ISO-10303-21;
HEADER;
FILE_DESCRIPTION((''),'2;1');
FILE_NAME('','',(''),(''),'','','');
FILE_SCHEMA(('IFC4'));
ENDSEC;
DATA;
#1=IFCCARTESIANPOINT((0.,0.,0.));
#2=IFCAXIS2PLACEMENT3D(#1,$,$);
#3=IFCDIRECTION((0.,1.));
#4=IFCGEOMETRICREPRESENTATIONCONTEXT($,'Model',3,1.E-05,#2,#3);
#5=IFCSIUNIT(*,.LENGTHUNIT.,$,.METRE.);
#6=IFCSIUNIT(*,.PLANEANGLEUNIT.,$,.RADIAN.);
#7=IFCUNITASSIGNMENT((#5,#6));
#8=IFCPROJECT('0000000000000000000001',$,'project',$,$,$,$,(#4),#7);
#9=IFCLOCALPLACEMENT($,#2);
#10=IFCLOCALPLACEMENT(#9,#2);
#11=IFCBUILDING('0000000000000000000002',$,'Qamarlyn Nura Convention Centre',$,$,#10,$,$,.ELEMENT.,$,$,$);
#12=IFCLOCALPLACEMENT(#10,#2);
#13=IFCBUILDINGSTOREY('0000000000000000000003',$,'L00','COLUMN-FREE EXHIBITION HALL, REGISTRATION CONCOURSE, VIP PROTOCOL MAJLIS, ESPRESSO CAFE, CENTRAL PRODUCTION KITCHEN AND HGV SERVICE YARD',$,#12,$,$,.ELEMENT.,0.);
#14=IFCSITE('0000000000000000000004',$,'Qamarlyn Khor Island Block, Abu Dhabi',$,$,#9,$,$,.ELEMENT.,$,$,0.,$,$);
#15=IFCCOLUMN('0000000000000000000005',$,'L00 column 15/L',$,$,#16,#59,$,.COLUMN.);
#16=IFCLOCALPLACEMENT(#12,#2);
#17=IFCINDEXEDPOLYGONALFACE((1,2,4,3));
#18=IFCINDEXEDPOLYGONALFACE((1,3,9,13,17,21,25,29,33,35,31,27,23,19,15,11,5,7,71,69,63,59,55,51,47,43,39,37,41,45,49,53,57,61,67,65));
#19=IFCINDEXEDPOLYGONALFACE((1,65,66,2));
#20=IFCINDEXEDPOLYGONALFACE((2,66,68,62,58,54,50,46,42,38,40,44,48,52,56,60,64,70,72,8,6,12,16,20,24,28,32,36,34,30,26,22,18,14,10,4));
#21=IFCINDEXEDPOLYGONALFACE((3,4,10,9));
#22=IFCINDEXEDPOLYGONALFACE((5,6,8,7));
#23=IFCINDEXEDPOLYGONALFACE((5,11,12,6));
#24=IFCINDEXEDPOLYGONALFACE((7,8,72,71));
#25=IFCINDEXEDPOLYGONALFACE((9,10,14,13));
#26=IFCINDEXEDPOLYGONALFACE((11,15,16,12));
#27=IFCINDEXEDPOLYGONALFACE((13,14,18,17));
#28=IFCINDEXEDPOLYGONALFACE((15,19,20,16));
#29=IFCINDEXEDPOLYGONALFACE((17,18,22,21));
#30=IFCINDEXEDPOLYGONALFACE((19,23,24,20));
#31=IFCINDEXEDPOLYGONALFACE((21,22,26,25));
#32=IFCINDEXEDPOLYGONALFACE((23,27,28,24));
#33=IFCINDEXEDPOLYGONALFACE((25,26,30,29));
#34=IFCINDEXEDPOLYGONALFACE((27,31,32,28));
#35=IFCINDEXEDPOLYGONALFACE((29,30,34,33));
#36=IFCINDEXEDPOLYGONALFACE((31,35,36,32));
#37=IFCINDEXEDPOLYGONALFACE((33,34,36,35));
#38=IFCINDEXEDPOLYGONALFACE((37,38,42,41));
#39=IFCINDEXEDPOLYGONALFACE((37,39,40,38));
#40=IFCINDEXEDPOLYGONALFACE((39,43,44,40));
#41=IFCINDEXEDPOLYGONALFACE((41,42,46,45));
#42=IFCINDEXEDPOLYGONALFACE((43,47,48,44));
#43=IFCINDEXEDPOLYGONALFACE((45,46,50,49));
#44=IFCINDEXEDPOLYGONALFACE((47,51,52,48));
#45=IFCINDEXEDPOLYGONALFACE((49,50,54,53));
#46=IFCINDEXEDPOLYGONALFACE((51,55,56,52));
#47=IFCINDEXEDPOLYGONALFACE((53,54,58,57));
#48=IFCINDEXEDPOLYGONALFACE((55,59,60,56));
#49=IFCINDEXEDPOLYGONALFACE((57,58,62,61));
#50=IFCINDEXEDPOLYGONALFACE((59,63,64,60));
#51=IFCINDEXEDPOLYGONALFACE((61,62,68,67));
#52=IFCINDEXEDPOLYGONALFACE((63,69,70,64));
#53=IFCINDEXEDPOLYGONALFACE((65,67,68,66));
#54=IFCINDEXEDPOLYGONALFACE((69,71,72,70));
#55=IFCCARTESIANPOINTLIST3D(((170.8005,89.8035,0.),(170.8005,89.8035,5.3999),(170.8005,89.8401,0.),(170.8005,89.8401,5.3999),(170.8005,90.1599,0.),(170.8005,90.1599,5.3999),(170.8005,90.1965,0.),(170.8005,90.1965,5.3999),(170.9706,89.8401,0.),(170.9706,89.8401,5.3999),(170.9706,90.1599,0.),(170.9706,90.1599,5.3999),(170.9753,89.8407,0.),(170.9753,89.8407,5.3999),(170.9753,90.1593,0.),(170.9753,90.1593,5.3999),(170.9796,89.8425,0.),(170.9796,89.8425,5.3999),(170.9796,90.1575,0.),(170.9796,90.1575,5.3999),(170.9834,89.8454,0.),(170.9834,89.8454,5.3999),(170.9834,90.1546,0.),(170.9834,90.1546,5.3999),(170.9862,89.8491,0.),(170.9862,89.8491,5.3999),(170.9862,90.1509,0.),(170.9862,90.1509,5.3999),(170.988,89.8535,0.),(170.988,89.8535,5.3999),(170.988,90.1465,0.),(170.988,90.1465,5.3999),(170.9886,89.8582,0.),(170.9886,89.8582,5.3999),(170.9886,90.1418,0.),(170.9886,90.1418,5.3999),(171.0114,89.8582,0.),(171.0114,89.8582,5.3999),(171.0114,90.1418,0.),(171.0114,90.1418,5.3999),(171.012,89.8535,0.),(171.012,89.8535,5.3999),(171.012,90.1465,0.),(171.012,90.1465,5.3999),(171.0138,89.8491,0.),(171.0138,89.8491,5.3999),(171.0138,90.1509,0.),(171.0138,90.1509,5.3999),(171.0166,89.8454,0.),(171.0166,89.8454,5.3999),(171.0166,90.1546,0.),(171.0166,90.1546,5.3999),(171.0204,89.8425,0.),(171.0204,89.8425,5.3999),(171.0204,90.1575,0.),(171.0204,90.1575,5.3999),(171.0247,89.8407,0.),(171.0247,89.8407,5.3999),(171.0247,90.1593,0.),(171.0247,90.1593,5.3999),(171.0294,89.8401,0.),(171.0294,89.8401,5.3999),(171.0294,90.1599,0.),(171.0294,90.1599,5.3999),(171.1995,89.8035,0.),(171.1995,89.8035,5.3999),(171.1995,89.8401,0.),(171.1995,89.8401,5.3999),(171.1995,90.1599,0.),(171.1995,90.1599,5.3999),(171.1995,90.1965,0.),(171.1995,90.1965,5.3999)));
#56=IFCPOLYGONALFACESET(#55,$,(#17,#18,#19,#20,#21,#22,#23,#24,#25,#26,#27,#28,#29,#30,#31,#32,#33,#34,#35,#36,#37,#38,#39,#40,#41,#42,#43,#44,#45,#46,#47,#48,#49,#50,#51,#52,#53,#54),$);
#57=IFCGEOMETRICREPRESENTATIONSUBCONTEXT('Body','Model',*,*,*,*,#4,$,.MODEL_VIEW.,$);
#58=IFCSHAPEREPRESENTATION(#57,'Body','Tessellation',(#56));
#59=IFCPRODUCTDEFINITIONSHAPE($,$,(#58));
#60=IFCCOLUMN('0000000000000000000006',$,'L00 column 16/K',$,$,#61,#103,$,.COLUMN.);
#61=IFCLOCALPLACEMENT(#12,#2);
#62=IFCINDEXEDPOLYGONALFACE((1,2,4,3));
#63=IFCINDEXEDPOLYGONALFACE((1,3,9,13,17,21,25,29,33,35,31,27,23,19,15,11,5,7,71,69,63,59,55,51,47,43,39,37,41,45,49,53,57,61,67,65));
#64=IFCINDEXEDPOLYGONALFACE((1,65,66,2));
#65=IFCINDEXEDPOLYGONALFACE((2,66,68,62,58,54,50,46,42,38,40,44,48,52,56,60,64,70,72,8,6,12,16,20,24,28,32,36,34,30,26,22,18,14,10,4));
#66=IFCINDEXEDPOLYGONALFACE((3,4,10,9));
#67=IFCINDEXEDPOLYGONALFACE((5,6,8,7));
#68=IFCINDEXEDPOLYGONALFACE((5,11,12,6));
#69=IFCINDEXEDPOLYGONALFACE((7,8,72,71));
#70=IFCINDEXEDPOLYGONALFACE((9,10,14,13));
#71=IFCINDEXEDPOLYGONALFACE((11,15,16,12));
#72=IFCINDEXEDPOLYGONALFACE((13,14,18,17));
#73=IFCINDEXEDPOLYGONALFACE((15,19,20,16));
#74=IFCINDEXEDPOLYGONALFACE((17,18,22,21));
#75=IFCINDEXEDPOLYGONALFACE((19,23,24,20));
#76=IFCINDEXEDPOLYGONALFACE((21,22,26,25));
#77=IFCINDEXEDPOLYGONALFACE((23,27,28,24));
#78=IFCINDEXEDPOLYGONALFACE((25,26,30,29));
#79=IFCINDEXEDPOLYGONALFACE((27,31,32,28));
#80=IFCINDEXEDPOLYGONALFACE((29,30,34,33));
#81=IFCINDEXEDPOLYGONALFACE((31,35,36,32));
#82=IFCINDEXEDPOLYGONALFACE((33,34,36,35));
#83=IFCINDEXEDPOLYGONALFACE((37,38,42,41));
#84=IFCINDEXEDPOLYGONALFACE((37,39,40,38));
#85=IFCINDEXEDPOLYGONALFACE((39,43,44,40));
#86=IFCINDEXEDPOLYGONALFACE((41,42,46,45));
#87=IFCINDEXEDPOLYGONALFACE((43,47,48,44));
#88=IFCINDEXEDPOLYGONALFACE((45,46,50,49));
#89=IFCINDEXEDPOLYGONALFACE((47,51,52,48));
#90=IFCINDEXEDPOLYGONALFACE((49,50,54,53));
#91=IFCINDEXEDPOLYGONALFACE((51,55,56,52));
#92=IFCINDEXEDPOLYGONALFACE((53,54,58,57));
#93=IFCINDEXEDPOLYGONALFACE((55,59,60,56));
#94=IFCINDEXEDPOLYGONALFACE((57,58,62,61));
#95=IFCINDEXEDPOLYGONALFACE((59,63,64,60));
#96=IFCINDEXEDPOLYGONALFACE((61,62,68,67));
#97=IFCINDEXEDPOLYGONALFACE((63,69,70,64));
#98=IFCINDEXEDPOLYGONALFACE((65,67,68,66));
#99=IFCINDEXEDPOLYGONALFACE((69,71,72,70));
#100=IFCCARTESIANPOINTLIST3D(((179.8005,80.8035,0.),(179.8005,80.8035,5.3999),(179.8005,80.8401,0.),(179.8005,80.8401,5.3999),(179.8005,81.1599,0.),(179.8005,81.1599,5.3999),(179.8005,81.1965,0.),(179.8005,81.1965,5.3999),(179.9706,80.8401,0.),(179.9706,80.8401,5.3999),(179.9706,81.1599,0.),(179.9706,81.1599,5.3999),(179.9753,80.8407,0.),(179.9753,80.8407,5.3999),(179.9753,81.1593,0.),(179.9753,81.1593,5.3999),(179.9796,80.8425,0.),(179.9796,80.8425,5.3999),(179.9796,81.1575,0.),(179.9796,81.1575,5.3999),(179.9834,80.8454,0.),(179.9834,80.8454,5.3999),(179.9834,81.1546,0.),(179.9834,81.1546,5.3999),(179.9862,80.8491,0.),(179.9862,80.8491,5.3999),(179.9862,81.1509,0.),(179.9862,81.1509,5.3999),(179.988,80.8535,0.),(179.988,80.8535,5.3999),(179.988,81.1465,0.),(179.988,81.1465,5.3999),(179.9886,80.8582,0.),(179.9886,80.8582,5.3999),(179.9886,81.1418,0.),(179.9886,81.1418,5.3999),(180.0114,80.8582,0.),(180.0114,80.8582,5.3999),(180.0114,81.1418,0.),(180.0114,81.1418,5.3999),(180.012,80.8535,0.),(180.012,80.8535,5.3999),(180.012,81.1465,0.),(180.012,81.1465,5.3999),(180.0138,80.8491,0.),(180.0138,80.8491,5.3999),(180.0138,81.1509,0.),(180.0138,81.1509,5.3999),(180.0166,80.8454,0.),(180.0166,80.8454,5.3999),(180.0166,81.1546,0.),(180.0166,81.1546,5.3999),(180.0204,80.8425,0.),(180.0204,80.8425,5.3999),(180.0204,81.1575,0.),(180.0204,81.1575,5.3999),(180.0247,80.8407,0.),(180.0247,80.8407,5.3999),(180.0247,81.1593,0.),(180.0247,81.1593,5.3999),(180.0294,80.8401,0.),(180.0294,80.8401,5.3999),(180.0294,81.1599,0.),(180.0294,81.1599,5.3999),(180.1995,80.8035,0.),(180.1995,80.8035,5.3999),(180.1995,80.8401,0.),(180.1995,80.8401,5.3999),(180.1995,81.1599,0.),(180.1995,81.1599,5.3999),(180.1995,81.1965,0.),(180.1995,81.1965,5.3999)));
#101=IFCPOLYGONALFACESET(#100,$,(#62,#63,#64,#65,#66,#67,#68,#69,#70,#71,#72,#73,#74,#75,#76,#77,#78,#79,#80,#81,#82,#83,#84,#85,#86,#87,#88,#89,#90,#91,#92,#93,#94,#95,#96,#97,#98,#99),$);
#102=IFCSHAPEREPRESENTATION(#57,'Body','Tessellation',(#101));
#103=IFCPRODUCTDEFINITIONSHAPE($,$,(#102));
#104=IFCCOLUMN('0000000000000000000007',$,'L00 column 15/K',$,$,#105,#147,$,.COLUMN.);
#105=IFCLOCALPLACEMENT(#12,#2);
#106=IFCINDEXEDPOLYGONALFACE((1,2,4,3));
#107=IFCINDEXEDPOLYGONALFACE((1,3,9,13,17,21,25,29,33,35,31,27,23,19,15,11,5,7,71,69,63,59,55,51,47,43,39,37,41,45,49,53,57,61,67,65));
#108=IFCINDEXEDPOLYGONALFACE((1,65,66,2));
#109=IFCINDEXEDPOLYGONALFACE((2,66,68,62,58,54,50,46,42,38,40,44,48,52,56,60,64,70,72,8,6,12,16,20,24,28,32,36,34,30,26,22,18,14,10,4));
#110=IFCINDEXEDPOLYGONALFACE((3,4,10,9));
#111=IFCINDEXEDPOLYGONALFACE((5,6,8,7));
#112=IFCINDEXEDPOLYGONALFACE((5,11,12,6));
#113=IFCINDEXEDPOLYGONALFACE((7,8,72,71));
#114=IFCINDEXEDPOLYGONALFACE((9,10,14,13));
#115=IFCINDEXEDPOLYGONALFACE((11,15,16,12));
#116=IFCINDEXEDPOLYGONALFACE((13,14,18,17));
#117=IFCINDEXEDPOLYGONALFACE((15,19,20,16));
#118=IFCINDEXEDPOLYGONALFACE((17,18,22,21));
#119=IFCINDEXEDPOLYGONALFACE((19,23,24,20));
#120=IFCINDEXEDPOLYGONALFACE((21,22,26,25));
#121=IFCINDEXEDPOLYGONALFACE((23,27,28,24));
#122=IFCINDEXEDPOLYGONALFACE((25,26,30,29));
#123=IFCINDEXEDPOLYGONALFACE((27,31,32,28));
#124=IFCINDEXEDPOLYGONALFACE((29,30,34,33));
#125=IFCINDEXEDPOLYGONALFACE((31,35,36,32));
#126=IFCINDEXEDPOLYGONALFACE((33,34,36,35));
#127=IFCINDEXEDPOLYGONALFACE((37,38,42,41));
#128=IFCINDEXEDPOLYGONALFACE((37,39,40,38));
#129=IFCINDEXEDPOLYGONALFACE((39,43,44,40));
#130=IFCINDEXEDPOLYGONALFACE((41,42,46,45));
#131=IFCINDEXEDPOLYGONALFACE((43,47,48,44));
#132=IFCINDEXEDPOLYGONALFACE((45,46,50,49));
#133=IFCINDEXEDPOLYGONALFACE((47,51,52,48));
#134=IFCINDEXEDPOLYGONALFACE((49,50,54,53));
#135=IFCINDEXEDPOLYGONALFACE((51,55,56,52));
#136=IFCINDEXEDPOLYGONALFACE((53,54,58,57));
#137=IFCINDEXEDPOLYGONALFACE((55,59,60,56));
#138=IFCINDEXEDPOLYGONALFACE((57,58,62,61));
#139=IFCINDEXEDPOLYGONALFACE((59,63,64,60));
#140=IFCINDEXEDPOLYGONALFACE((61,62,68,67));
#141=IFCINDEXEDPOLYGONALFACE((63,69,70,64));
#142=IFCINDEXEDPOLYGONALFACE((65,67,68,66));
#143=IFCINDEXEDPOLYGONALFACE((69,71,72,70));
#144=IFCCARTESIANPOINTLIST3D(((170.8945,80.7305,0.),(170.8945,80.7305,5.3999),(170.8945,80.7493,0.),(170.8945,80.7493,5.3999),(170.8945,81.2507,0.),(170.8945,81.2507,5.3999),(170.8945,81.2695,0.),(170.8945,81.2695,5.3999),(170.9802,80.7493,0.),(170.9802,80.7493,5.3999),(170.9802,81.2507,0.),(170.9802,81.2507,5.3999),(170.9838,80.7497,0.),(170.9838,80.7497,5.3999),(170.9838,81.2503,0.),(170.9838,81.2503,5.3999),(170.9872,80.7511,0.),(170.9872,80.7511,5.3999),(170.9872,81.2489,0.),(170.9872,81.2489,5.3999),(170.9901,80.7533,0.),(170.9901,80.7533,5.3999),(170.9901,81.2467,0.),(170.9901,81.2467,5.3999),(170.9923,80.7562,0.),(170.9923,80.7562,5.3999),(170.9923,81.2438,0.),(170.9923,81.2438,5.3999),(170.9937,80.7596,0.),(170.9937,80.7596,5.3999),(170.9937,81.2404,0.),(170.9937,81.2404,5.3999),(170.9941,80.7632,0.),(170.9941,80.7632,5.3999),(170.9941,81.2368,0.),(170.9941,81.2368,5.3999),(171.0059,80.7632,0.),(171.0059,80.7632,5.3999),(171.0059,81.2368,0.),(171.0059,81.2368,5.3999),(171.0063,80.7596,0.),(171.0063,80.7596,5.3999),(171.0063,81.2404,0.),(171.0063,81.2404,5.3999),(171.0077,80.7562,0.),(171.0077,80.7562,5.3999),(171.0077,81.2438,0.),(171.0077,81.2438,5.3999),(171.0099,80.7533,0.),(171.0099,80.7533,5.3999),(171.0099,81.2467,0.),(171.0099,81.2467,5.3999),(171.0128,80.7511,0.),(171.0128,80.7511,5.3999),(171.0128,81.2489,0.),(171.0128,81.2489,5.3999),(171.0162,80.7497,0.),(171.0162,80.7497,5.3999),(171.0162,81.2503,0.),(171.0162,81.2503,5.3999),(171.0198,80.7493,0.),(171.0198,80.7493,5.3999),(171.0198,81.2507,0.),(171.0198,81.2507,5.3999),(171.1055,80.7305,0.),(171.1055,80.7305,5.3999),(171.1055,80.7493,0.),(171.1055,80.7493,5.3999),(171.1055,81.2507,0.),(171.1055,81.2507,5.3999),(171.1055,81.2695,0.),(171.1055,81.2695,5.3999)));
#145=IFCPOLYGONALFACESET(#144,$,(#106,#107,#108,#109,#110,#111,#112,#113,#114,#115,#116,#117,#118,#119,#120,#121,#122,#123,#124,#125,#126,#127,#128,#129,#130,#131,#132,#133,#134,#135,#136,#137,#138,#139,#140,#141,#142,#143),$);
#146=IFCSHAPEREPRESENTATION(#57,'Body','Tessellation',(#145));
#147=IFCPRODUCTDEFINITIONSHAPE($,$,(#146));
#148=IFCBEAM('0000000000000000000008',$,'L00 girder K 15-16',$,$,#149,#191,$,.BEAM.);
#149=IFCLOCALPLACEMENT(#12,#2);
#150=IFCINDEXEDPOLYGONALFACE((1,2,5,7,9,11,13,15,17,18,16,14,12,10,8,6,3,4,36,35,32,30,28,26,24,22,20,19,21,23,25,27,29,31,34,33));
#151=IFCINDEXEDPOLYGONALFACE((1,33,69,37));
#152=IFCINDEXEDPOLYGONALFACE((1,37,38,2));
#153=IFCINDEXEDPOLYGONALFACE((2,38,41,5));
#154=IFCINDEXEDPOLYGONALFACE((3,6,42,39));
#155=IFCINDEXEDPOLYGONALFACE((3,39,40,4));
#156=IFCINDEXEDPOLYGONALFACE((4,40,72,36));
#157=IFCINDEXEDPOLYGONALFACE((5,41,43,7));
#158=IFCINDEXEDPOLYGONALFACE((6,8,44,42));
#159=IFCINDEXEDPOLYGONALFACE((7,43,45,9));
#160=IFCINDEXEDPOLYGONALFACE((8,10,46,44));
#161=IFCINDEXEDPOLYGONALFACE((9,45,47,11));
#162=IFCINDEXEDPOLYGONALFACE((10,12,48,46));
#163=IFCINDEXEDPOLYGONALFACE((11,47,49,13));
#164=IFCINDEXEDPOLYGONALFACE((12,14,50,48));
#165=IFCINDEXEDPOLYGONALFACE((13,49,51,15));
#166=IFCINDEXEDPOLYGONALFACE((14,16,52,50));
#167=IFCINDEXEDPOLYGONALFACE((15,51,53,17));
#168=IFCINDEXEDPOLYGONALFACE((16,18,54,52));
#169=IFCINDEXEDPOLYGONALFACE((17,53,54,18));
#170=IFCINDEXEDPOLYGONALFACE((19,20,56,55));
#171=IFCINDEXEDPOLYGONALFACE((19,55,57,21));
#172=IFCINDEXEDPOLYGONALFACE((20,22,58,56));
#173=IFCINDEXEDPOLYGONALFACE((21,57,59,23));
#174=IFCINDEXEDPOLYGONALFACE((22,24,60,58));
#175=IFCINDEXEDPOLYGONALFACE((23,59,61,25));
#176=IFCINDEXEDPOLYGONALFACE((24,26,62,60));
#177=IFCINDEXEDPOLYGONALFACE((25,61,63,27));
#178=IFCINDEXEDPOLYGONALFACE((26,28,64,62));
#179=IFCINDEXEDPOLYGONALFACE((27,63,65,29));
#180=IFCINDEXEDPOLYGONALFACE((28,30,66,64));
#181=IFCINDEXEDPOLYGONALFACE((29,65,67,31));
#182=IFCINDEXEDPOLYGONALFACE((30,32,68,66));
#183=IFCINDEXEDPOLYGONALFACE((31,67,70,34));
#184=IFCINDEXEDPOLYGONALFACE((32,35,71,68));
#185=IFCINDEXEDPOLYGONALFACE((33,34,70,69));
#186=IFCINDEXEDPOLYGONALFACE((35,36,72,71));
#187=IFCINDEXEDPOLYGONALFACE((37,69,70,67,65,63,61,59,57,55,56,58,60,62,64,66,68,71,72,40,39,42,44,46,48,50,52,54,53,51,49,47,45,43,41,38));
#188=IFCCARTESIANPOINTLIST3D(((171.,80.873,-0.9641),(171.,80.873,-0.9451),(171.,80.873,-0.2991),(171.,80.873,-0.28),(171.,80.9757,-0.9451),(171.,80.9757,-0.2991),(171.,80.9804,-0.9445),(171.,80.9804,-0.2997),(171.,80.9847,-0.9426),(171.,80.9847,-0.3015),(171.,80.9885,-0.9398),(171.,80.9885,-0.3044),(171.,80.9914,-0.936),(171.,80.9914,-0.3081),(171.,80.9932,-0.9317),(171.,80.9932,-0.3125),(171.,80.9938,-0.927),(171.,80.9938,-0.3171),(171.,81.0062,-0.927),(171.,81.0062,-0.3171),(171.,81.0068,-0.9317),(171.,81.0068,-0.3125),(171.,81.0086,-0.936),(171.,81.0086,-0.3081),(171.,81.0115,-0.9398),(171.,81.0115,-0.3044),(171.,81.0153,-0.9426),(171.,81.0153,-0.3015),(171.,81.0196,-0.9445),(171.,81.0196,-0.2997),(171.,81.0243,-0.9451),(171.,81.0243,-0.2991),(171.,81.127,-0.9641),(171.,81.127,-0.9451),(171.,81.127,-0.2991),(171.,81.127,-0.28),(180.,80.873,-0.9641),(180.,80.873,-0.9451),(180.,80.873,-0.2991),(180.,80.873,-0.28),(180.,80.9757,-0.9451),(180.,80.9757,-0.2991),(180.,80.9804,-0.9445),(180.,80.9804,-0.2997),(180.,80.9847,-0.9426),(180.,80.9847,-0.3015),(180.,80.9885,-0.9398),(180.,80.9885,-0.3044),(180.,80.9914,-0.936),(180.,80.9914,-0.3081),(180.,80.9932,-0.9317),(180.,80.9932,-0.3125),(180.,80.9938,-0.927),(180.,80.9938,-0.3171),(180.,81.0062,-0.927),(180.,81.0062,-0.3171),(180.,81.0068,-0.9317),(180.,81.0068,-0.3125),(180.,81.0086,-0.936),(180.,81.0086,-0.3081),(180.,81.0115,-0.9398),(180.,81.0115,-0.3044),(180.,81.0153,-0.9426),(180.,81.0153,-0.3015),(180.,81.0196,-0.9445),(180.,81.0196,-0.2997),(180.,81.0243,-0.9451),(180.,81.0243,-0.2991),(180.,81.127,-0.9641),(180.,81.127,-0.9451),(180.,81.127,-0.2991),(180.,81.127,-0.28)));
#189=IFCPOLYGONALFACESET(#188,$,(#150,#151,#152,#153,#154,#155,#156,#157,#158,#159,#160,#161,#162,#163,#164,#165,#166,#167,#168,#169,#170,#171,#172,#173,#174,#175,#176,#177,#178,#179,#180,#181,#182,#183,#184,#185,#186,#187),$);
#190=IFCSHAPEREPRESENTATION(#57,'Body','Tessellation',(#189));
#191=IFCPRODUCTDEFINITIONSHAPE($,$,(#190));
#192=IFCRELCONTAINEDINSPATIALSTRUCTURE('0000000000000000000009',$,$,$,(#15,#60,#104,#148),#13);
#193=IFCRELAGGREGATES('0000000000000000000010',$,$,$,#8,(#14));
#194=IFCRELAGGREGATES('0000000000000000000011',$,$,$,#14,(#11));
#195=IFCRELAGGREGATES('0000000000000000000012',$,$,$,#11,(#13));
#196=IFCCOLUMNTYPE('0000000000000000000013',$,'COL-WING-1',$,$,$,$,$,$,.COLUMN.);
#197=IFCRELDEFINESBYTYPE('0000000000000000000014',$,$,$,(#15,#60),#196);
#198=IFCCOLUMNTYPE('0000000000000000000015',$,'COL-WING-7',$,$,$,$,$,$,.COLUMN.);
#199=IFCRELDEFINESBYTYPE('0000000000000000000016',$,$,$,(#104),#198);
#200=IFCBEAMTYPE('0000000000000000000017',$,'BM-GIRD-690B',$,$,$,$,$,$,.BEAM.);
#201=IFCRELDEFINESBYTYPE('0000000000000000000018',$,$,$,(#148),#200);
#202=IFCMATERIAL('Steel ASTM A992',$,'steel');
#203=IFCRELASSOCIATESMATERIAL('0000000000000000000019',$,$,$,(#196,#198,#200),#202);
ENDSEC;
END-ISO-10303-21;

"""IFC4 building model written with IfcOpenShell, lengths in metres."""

from ifc_helpers import new_model, si_unit, direction, frame, origin, origin_2d, place, context, subcontext, project, spatial, i_section, extrude, material, material_profile, profile_set, type_object, element, save


model = new_model("IFC4")

# Units and contexts
model_context = context("Model", 3, precision=1e-05, world=origin(), true_north=direction((0.0, 1.0)))
body_context = subcontext(model_context, "Body", "Model", "MODEL_VIEW")
ifc_project = project(units=[si_unit("LENGTHUNIT", "METRE"), si_unit("PLANEANGLEUNIT", "RADIAN")], contexts=[model_context])

# Site, building, storey
site_placement = place(None, origin())
site = spatial("IfcSite", under=ifc_project, at=site_placement, Name="Qamarlyn Khor Island Block, Abu Dhabi", CompositionType="ELEMENT", RefElevation=0.0)
building_placement = place(site_placement, origin())
building = spatial("IfcBuilding", under=site, at=building_placement, Name="Qamarlyn Nura Convention Centre", CompositionType="ELEMENT")
storey_placement = place(building_placement, origin())
storey = spatial("IfcBuildingStorey", under=building, at=storey_placement, Name="L00", Description="COLUMN-FREE EXHIBITION HALL, REGISTRATION CONCOURSE, VIP PROTOCOL MAJLIS, ESPRESSO CAFE, CENTRAL PRODUCTION KITCHEN AND HGV SERVICE YARD", CompositionType="ELEMENT", Elevation=0.0)

# Columns
ifc_material_1 = material(Name="Steel ASTM A992", Category="steel")
ifc_material_profile_1 = material_profile(ifc_material_1, i_section(OverallWidth=0.3989, OverallDepth=0.3931, WebThickness=0.0227, FlangeThickness=0.0366, FilletRadius=0.0181, at=origin_2d()), Name="W360X287")
ifc_profile_set_1 = profile_set([ifc_material_profile_1], Name="Steel ASTM A992")
column_type_1 = type_object("IfcColumnType", Name="COL-WING-1", PredefinedType="COLUMN", material=ifc_profile_set_1)
for number, where, z_axis, x_axis, name in (
    (1, (171.0, 90.0, 0.0), (0.0, 0.0, 1.0), (1.0, 0.0, 0.0), "L00 column 15/L"),
    (2, (180.0, 81.0, 0.0), (0.0, 0.0, 1.0), (1.0, 0.0, 0.0), "L00 column 16/K"),
):
    element("IfcColumn", number, at=place(storey_placement, frame(where, z_axis=z_axis, x_axis=x_axis)), inside=storey, type_object=column_type_1, Name=name, PredefinedType="COLUMN", context=body_context, shape_type="SweptSolid", body=[
        extrude(i_section(OverallWidth=0.3989, OverallDepth=0.3931, WebThickness=0.0227, FlangeThickness=0.0366, FilletRadius=0.0181, at=origin_2d()), origin(), (0.0, 0.0, 1.0), 5.3999),
    ])
ifc_material_profile_2 = material_profile(ifc_material_1, i_section(OverallWidth=0.2109, OverallDepth=0.5391, WebThickness=0.0117, FlangeThickness=0.0188, FilletRadius=0.0139, at=origin_2d()), Name="W530X109")
ifc_profile_set_2 = profile_set([ifc_material_profile_2], Name="Steel ASTM A992")
column_type_2 = type_object("IfcColumnType", Name="COL-WING-7", PredefinedType="COLUMN", material=ifc_profile_set_2)
column_placement = place(storey_placement, frame((171.0, 81.0, 0.0), z_axis=(0.0, 0.0, 1.0), x_axis=(1.0, 0.0, 0.0)))
element("IfcColumn", 3, at=column_placement, inside=storey, type_object=column_type_2, Name="L00 column 15/K", PredefinedType="COLUMN", context=body_context, shape_type="SweptSolid", body=[
    extrude(i_section(OverallWidth=0.2109, OverallDepth=0.5391, WebThickness=0.0117, FlangeThickness=0.0188, FilletRadius=0.0139, at=origin_2d()), origin(), (0.0, 0.0, 1.0), 5.3999),
])

# Beam
ifc_material_profile_3 = material_profile(ifc_material_1, i_section(OverallWidth=0.2539, OverallDepth=0.6841, WebThickness=0.0125, FlangeThickness=0.019, FilletRadius=0.0181, at=origin_2d()), Name="W690X140")
ifc_profile_set_3 = profile_set([ifc_material_profile_3], Name="Steel ASTM A992")
beam_type_1 = type_object("IfcBeamType", Name="BM-GIRD-690B", PredefinedType="BEAM", material=ifc_profile_set_3)
beam_1_placement = place(storey_placement, frame((171.0, 81.0, -0.6221), z_axis=(1.0, 0.0, 0.0), x_axis=(0.0, 1.0, 0.0)))
element("IfcBeam", 4, at=beam_1_placement, inside=storey, type_object=beam_type_1, Name="L00 girder K 15-16", PredefinedType="BEAM", context=body_context, shape_type="SweptSolid", body=[
    extrude(i_section(OverallWidth=0.2539, OverallDepth=0.6841, WebThickness=0.0125, FlangeThickness=0.019, FilletRadius=0.0181, at=origin_2d()), origin(), (0.0, 0.0, 1.0), 9.0),
])

save(model, "model.ifc")
